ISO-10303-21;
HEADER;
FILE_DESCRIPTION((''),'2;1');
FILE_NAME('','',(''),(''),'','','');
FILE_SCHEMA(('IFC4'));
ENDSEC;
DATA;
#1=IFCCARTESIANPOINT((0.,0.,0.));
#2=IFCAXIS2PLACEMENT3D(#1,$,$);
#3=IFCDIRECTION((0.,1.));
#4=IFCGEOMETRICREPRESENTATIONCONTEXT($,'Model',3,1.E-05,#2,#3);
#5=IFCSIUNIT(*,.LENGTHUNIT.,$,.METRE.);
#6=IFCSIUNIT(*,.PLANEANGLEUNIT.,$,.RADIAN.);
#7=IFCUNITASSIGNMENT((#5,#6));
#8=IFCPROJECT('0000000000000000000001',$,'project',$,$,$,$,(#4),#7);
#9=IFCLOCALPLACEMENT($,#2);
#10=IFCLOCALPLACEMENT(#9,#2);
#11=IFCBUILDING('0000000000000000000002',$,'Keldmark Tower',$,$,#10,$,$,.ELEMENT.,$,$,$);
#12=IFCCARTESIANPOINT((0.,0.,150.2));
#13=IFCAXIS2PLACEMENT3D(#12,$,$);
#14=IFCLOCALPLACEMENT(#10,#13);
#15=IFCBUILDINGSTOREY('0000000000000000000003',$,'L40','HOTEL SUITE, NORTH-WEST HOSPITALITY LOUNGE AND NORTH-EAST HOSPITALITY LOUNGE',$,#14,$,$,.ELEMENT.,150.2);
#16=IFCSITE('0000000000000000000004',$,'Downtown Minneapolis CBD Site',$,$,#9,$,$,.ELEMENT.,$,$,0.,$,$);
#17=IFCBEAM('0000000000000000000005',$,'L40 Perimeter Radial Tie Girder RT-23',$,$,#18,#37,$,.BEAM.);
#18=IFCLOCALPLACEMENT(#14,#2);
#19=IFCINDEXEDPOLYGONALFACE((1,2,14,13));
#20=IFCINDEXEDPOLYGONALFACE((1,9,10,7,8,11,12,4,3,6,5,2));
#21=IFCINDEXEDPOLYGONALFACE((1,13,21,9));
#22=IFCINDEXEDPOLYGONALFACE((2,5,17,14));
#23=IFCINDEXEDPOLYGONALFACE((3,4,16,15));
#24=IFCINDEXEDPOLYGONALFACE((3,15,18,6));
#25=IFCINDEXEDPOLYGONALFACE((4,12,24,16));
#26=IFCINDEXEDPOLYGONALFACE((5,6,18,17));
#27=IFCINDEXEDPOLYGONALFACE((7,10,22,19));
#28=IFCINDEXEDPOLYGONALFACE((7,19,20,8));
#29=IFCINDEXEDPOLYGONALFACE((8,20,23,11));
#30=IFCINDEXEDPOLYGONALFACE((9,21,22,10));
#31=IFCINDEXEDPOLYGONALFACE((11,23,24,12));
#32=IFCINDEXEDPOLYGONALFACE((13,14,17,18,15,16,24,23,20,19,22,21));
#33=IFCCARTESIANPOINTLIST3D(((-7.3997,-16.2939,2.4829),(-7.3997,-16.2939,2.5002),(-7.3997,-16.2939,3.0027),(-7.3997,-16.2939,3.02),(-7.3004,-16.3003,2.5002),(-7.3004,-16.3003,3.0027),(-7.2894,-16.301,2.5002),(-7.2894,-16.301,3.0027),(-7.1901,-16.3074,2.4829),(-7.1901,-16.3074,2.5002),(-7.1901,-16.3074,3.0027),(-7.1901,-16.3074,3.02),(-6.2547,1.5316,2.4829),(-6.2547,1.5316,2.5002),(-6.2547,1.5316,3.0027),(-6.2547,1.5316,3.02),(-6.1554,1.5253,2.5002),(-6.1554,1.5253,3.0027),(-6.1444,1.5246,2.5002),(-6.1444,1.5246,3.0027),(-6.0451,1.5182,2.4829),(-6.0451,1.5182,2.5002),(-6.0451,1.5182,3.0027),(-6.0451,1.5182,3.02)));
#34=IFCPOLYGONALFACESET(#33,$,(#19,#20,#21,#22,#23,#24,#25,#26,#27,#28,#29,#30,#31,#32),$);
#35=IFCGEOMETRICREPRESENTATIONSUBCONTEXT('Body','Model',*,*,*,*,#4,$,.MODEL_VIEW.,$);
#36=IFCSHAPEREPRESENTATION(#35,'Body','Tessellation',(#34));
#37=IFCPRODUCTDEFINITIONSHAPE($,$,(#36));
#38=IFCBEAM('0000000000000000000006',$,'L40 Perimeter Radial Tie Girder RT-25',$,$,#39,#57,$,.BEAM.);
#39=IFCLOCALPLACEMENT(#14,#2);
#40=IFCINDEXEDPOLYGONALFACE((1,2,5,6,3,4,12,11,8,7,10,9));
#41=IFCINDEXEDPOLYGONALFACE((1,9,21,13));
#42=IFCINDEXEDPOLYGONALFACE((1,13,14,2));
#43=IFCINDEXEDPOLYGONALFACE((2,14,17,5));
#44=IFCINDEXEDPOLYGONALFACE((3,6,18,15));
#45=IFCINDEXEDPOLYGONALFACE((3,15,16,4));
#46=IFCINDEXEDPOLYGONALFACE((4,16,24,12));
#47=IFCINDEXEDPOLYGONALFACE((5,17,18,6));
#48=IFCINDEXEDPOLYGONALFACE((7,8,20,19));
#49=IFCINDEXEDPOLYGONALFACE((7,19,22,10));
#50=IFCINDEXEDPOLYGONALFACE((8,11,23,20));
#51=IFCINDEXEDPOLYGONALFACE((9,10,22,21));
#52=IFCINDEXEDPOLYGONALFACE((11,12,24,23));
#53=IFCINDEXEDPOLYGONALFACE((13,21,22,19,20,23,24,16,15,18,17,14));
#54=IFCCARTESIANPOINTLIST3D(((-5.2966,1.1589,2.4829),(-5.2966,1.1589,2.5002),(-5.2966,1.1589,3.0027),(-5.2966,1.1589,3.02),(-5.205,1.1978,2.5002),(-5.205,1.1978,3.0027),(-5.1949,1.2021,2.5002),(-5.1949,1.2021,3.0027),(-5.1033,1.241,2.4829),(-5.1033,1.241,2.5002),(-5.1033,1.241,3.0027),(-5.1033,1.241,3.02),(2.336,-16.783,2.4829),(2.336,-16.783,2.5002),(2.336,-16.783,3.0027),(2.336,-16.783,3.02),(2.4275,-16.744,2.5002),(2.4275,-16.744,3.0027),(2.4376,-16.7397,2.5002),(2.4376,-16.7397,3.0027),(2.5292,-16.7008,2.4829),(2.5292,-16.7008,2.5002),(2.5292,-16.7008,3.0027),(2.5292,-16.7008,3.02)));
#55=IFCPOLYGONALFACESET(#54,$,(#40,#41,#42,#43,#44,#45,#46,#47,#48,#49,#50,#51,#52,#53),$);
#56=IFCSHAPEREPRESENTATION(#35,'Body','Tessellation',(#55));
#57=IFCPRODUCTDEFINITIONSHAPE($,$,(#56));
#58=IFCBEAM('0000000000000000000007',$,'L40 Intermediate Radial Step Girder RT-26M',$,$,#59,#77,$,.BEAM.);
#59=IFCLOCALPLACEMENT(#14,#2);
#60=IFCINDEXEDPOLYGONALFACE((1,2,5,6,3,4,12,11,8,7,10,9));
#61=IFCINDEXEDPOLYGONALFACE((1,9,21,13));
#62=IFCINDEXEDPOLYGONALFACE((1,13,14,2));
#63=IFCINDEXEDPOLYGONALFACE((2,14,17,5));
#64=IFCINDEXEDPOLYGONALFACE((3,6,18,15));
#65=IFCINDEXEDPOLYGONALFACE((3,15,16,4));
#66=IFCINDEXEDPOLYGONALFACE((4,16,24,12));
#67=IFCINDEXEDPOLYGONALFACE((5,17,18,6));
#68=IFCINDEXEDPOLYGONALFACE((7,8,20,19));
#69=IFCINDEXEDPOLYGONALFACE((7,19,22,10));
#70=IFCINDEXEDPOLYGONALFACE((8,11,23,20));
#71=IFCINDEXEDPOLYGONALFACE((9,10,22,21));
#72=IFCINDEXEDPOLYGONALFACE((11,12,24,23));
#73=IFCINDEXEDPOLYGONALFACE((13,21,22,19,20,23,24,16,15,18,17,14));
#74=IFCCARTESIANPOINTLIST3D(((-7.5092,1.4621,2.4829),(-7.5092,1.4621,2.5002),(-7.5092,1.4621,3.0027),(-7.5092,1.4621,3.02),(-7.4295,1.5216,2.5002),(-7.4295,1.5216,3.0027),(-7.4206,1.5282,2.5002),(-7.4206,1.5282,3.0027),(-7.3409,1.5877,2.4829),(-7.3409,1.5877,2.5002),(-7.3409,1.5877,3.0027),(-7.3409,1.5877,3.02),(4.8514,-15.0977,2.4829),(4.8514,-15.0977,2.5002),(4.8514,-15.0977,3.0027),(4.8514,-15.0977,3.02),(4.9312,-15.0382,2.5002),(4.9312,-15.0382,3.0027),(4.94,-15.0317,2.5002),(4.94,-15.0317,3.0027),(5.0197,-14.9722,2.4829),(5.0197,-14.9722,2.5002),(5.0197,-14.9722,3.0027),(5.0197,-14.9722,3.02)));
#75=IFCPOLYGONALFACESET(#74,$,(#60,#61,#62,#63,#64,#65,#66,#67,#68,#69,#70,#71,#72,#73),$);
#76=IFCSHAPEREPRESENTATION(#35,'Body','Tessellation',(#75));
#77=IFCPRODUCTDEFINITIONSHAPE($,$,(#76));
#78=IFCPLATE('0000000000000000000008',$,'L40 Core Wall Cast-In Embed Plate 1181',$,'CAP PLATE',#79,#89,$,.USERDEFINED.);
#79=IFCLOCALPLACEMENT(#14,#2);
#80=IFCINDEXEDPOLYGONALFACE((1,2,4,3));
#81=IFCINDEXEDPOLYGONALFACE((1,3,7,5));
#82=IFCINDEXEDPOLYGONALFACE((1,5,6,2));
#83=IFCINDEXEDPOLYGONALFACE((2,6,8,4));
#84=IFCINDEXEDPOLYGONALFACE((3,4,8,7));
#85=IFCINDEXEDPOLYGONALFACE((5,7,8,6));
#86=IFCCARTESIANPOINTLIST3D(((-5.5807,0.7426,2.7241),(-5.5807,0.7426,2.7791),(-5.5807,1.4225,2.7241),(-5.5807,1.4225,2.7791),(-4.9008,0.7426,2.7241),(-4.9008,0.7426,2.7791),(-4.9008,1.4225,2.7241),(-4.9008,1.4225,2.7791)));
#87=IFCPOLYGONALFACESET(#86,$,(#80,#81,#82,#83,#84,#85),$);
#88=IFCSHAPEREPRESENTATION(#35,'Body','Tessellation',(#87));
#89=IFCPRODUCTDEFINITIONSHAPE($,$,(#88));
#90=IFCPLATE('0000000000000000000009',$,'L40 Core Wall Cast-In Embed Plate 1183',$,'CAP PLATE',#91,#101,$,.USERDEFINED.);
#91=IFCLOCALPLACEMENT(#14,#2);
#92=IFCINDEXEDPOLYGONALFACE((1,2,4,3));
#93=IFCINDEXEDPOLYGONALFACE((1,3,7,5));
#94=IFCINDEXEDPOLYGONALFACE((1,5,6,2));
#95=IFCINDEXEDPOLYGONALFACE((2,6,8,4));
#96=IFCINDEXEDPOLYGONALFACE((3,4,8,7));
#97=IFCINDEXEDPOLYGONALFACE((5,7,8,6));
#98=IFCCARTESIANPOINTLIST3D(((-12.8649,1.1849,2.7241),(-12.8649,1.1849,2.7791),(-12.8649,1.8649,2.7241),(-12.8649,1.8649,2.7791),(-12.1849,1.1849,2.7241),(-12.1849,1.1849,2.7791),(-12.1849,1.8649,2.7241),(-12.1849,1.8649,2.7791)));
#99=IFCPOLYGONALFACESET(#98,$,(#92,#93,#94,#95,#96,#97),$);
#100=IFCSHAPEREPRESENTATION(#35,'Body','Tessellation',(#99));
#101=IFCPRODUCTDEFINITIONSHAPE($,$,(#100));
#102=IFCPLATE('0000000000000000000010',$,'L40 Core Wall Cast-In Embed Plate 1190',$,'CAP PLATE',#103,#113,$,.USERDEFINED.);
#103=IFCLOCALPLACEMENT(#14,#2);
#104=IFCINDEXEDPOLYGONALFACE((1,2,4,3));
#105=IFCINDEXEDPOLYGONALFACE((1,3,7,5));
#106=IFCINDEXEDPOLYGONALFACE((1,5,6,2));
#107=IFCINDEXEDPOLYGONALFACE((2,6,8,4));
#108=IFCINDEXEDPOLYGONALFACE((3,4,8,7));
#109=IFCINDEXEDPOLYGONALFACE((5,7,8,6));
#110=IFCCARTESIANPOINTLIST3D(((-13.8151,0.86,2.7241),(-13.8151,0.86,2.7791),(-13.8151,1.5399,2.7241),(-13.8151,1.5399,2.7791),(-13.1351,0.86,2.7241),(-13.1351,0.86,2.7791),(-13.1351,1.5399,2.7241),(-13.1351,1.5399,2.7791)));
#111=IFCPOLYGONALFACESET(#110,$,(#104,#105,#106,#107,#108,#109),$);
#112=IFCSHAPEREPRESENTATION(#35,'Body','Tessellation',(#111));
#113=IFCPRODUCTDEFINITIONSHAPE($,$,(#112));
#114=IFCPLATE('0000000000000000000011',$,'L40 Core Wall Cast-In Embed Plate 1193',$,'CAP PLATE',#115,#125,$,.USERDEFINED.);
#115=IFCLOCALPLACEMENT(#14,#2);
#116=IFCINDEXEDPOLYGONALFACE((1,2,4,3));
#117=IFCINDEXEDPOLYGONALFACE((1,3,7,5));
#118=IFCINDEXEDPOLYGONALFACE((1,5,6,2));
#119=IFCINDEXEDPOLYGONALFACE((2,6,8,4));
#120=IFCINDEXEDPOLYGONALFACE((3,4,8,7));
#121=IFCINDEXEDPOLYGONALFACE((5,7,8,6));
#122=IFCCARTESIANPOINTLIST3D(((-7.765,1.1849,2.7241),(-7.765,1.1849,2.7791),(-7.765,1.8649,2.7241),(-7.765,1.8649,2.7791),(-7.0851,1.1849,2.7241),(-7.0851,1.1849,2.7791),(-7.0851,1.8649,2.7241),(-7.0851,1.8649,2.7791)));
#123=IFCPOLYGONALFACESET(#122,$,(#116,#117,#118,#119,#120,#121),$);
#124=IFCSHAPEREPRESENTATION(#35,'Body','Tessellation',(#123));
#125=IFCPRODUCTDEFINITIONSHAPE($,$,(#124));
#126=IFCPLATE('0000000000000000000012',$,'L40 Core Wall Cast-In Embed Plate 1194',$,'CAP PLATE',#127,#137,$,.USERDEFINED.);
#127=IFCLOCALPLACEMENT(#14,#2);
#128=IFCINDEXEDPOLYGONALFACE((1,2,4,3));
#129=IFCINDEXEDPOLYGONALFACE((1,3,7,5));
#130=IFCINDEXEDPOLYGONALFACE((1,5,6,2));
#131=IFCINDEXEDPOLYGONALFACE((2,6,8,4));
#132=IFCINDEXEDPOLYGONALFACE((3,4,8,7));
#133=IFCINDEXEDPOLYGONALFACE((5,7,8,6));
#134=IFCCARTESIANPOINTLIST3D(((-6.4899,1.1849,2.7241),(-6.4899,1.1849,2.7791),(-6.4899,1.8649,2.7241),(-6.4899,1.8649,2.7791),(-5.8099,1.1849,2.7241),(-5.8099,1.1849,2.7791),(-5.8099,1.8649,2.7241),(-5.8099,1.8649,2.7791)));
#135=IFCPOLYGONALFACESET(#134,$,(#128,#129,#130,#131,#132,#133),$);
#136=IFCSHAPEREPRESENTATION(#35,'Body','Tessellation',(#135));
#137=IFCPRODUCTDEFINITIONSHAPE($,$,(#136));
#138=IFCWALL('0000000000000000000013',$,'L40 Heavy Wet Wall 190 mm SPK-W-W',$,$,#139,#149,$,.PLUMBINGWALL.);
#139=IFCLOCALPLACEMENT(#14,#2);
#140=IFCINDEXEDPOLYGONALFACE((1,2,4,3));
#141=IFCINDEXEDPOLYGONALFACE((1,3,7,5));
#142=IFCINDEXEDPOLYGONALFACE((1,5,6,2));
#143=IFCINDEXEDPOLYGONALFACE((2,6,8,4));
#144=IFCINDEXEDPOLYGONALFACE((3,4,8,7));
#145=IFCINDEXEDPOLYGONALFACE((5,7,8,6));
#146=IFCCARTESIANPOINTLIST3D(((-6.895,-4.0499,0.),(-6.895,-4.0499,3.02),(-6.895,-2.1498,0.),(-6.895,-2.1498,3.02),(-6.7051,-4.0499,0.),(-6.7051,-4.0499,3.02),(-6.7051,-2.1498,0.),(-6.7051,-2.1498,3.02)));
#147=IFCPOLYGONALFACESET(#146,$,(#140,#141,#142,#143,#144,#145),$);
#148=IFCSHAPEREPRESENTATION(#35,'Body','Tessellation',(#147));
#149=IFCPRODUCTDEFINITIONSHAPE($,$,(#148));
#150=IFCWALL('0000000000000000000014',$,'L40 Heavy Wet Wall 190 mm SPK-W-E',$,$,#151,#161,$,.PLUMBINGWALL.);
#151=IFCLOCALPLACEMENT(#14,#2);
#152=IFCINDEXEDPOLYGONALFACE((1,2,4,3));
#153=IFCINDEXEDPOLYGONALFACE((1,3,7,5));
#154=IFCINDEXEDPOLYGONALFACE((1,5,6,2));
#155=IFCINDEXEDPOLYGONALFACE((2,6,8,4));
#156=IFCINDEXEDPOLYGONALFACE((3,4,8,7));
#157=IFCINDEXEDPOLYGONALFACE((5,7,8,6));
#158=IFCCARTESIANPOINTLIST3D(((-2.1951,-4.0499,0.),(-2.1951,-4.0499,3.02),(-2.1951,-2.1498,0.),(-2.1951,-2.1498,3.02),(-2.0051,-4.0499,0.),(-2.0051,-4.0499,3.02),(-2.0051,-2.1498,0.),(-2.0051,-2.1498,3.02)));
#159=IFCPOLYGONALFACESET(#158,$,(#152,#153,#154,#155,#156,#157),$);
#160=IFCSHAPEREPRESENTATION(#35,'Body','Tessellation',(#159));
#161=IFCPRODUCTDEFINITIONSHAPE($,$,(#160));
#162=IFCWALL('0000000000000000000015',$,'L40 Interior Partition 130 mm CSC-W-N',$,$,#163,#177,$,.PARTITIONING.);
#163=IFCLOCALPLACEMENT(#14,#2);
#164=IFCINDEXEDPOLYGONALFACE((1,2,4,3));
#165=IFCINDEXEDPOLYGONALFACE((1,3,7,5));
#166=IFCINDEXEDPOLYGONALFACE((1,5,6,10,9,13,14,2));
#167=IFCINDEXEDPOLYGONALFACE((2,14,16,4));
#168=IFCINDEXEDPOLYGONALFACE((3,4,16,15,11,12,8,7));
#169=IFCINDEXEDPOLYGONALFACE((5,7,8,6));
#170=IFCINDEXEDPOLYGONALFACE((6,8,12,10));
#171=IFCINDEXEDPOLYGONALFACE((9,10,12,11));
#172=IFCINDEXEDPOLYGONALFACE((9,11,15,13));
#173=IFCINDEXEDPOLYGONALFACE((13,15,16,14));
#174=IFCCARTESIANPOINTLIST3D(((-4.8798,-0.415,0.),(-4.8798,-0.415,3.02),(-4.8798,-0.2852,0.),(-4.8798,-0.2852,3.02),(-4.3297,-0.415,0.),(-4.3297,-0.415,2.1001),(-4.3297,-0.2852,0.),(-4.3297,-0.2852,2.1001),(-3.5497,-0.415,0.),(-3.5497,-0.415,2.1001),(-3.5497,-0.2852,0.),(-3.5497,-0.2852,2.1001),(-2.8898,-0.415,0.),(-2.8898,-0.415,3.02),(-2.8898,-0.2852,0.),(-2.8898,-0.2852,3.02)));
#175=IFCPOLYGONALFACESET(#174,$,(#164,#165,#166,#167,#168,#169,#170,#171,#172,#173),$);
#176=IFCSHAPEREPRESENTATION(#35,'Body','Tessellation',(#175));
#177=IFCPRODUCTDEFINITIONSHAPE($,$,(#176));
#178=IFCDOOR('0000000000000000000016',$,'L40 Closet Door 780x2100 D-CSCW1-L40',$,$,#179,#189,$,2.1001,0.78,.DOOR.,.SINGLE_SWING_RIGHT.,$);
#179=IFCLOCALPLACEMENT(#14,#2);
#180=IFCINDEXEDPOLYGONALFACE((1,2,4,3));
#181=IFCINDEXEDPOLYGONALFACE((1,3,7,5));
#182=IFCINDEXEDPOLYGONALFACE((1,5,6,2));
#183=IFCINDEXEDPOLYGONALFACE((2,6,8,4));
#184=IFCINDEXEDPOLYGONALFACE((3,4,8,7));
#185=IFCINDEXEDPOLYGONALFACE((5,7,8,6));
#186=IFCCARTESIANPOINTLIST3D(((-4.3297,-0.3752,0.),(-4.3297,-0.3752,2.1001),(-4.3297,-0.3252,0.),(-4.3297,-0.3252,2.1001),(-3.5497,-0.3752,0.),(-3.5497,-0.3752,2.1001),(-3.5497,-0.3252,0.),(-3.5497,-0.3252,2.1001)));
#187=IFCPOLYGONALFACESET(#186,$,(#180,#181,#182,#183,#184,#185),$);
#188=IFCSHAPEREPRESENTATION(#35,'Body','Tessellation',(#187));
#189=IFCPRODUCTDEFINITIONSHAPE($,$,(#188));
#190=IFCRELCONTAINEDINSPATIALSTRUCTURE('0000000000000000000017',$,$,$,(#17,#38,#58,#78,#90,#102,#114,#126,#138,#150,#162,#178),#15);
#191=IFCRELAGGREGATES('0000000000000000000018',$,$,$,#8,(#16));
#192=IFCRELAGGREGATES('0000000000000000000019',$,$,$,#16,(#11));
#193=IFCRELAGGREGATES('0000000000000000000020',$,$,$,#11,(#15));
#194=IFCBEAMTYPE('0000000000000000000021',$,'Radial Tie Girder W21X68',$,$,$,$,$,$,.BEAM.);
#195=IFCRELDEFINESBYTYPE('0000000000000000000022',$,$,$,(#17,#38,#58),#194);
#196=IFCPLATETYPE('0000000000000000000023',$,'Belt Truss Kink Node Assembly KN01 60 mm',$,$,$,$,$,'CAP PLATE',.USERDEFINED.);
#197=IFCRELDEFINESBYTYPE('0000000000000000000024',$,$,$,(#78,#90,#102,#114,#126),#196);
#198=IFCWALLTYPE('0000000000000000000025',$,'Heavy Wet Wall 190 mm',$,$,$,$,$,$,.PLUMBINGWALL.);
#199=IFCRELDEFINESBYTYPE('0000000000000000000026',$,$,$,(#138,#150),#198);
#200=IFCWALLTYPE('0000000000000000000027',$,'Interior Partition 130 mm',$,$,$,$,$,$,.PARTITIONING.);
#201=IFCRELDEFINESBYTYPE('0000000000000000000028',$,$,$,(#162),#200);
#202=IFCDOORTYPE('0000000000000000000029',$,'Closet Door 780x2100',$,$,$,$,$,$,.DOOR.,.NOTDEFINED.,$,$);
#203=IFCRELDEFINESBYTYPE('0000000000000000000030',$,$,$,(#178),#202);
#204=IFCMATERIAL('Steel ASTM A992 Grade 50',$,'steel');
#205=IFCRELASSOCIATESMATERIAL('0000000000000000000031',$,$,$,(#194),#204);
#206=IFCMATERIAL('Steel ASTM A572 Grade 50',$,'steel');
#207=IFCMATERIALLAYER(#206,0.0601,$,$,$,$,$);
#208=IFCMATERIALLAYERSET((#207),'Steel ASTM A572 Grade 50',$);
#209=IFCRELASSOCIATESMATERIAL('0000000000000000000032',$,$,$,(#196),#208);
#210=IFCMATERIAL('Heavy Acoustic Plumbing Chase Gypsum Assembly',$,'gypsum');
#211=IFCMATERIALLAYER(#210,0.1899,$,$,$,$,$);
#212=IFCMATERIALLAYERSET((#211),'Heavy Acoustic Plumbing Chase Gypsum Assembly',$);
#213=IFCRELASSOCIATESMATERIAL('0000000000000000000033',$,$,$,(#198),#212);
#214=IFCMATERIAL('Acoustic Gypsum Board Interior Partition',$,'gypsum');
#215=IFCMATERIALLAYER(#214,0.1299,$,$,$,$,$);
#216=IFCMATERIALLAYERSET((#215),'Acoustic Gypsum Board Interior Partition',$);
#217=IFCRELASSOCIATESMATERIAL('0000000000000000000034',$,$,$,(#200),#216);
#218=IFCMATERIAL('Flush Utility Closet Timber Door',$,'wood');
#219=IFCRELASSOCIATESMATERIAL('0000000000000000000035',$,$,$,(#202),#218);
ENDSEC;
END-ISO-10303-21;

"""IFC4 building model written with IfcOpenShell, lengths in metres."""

from ifc_helpers import new_model, si_unit, direction, frame, frame_2d, origin, origin_2d, place, context, subcontext, project, spatial, rectangle, i_section, extrude, material, layer, layer_set, material_profile, profile_set, type_object, element, fill, save


model = new_model("IFC4")

# Units and contexts
model_context = context("Model", 3, precision=1e-05, world=origin(), true_north=direction((0.0, 1.0)))
body_context = subcontext(model_context, "Body", "Model", "MODEL_VIEW")
ifc_project = project(units=[si_unit("LENGTHUNIT", "METRE"), si_unit("PLANEANGLEUNIT", "RADIAN")], contexts=[model_context])

# Site, building, storey
site_placement = place(None, origin())
site = spatial("IfcSite", under=ifc_project, at=site_placement, Name="Downtown Minneapolis CBD Site", CompositionType="ELEMENT", RefElevation=0.0)
building_placement = place(site_placement, origin())
building = spatial("IfcBuilding", under=site, at=building_placement, Name="Keldmark Tower", CompositionType="ELEMENT")
storey_placement = place(building_placement, frame((0.0, 0.0, 150.2)))
storey = spatial("IfcBuildingStorey", under=building, at=storey_placement, Name="L40", Description="HOTEL SUITE, NORTH-WEST HOSPITALITY LOUNGE AND NORTH-EAST HOSPITALITY LOUNGE", CompositionType="ELEMENT", Elevation=150.2)

# Beams
ifc_material_1 = material(Name="Steel ASTM A992 Grade 50", Category="steel")
ifc_material_profile_1 = material_profile(ifc_material_1, i_section(OverallWidth=0.21, OverallDepth=0.5371, WebThickness=0.011, FlangeThickness=0.0173, at=origin_2d()), Name="W21X68")
ifc_profile_set_1 = profile_set([ifc_material_profile_1], Name="Steel ASTM A992 Grade 50")
beam_type_1 = type_object("IfcBeamType", Name="Radial Tie Girder W21X68", PredefinedType="BEAM", material=ifc_profile_set_1)
beam_1_placement = place(storey_placement, frame((-6.1499, 1.5249, 2.7515), z_axis=(-0.064102, -0.997943, 0.0), x_axis=(0.997943, -0.064102, 0.0)))
element("IfcBeam", 1, at=beam_1_placement, inside=storey, type_object=beam_type_1, Name="L40 Perimeter Radial Tie Girder RT-23", PredefinedType="BEAM", context=body_context, shape_type="SweptSolid", body=[
    extrude(i_section(OverallWidth=0.21, OverallDepth=0.5371, WebThickness=0.011, FlangeThickness=0.0173, at=origin_2d()), origin(), (0.0, 0.0, 1.0), 17.8623),
])
beam_2_placement = place(storey_placement, frame((-5.2, 1.2, 2.7515), z_axis=(0.391456, -0.920197, 0.0), x_axis=(0.920197, 0.391456, 0.0)))
element("IfcBeam", 2, at=beam_2_placement, inside=storey, type_object=beam_type_1, Name="L40 Perimeter Radial Tie Girder RT-25", PredefinedType="BEAM", context=body_context, shape_type="SweptSolid", body=[
    extrude(i_section(OverallWidth=0.21, OverallDepth=0.5371, WebThickness=0.011, FlangeThickness=0.0173, at=origin_2d()), origin(), (0.0, 0.0, 1.0), 19.4978),
])
beam_3_placement = place(storey_placement, frame((-7.425, 1.5249, 2.7515), z_axis=(0.598163, -0.801375, 0.0), x_axis=(0.801375, 0.598163, 0.0)))
element("IfcBeam", 3, at=beam_3_placement, inside=storey, type_object=beam_type_1, Name="L40 Intermediate Radial Step Girder RT-26M", PredefinedType="BEAM", context=body_context, shape_type="SweptSolid", body=[
    extrude(i_section(OverallWidth=0.21, OverallDepth=0.5371, WebThickness=0.011, FlangeThickness=0.0173, at=origin_2d()), origin(), (0.0, 0.0, 1.0), 20.6643),
])

# Plates
ifc_material_2 = material(Name="Steel ASTM A572 Grade 50", Category="steel")
ifc_layer_1 = layer(ifc_material_2, 0.0601)
ifc_layer_set_1 = layer_set([ifc_layer_1], Name="Steel ASTM A572 Grade 50")
plate_type = type_object("IfcPlateType", Name="Belt Truss Kink Node Assembly KN01 60 mm", ElementType="CAP PLATE", PredefinedType="USERDEFINED", material=ifc_layer_set_1)
for number, where, z_axis, x_axis, name in (
    (4, (-5.2407, 1.0825, 2.7241), (0.0, 0.0, 1.0), (1.0, 0.0, 0.0), "L40 Core Wall Cast-In Embed Plate 1181"),
    (5, (-12.5249, 1.5249, 2.7241), (0.0, 0.0, 1.0), (1.0, 0.0, 0.0), "L40 Core Wall Cast-In Embed Plate 1183"),
    (6, (-13.4751, 1.2, 2.7241), (0.0, 0.0, 1.0), (1.0, 0.0, 0.0), "L40 Core Wall Cast-In Embed Plate 1190"),
    (7, (-7.425, 1.5249, 2.7241), (0.0, 0.0, 1.0), (1.0, 0.0, 0.0), "L40 Core Wall Cast-In Embed Plate 1193"),
    (8, (-6.1499, 1.5249, 2.7241), (0.0, 0.0, 1.0), (1.0, 0.0, 0.0), "L40 Core Wall Cast-In Embed Plate 1194"),
):
    element("IfcPlate", number, at=place(storey_placement, frame(where, z_axis=z_axis, x_axis=x_axis)), inside=storey, type_object=plate_type, Name=name, ObjectType="CAP PLATE", PredefinedType="USERDEFINED", context=body_context, shape_type="SweptSolid", body=[
        extrude(rectangle(XDim=0.6799, YDim=0.6799, at=origin_2d()), origin(), (0.0, 0.0, 1.0), 0.0549),
    ])

# Shared definitions
ifc_material_3 = material(Name="Heavy Acoustic Plumbing Chase Gypsum Assembly", Category="gypsum")
ifc_layer_2 = layer(ifc_material_3, 0.1899)
ifc_layer_set_2 = layer_set([ifc_layer_2], Name="Heavy Acoustic Plumbing Chase Gypsum Assembly")
wall_type_1 = type_object("IfcWallType", Name="Heavy Wet Wall 190 mm", PredefinedType="PLUMBINGWALL", material=ifc_layer_set_2)

# Walls
for number, where, z_axis, x_axis, name in (
    (9, (-6.8, -4.05, 0.0), (0.0, 0.0, 1.0), (0.0, 1.0, 0.0), "L40 Heavy Wet Wall 190 mm SPK-W-W"),
    (10, (-2.1001, -4.05, 0.0), (0.0, 0.0, 1.0), (0.0, 1.0, 0.0), "L40 Heavy Wet Wall 190 mm SPK-W-E"),
):
    element("IfcWall", number, at=place(storey_placement, frame(where, z_axis=z_axis, x_axis=x_axis)), inside=storey, type_object=wall_type_1, Name=name, PredefinedType="PLUMBINGWALL", context=body_context, shape_type="SweptSolid", body=[
        extrude(rectangle(XDim=1.9001, YDim=0.1899, at=frame_2d((0.9502, 0.0))), origin(), (0.0, 0.0, 1.0), 3.02),
    ])

# Wall, opening, door
ifc_material_4 = material(Name="Acoustic Gypsum Board Interior Partition", Category="gypsum")
ifc_layer_3 = layer(ifc_material_4, 0.1299)
ifc_layer_set_3 = layer_set([ifc_layer_3], Name="Acoustic Gypsum Board Interior Partition")
wall_type_2 = type_object("IfcWallType", Name="Interior Partition 130 mm", PredefinedType="PARTITIONING", material=ifc_layer_set_3)
wall_1_placement = place(storey_placement, frame((-4.8799, -0.3501, 0.0), z_axis=(0.0, 0.0, 1.0), x_axis=(1.0, 0.0, 0.0)))
wall_1 = element("IfcWall", 11, at=wall_1_placement, inside=storey, type_object=wall_type_2, Name="L40 Interior Partition 130 mm CSC-W-N", PredefinedType="PARTITIONING", context=body_context, shape_type="SweptSolid", body=[
    extrude(rectangle(XDim=1.99, YDim=0.1299, at=frame_2d((0.9951, 0.0))), origin(), (0.0, 0.0, 1.0), 3.02),
])
opening_1_placement = place(wall_1_placement, frame((0.55, 0.0, 0.0)))
opening_1 = element("IfcOpeningElement", 12, at=opening_1_placement, cuts=wall_1, PredefinedType="OPENING", context=body_context, shape_type="SweptSolid", body=[
    extrude(rectangle(XDim=0.78, YDim=2.1001, at=frame_2d((0.3901, 1.05))), frame((0.0, 0.075, 0.0), z_axis=(0.0, -1.0, 0.0), x_axis=(1.0, 0.0, 0.0)), (0.0, 0.0, 1.0), 0.1499),
])
ifc_material_5 = material(Name="Flush Utility Closet Timber Door", Category="wood")
door_type_1 = type_object("IfcDoorType", Name="Closet Door 780x2100", OperationType="NOTDEFINED", PredefinedType="DOOR", material=ifc_material_5)
door_1_placement = place(opening_1_placement, origin())
door_1 = element("IfcDoor", 13, at=door_1_placement, inside=storey, type_object=door_type_1, Name="L40 Closet Door 780x2100 D-CSCW1-L40", OperationType="SINGLE_SWING_RIGHT", OverallHeight=2.1001, OverallWidth=0.78, PredefinedType="DOOR", context=body_context, shape_type="SweptSolid", body=[
    extrude(rectangle(XDim=0.78, YDim=2.1001, at=frame_2d((0.3901, 1.05))), frame((0.0, 0.0249, 0.0), z_axis=(0.0, -1.0, 0.0), x_axis=(1.0, 0.0, 0.0)), (0.0, 0.0, 1.0), 0.05),
])
fill(opening_1, door_1)

save(model, "model.ifc")
